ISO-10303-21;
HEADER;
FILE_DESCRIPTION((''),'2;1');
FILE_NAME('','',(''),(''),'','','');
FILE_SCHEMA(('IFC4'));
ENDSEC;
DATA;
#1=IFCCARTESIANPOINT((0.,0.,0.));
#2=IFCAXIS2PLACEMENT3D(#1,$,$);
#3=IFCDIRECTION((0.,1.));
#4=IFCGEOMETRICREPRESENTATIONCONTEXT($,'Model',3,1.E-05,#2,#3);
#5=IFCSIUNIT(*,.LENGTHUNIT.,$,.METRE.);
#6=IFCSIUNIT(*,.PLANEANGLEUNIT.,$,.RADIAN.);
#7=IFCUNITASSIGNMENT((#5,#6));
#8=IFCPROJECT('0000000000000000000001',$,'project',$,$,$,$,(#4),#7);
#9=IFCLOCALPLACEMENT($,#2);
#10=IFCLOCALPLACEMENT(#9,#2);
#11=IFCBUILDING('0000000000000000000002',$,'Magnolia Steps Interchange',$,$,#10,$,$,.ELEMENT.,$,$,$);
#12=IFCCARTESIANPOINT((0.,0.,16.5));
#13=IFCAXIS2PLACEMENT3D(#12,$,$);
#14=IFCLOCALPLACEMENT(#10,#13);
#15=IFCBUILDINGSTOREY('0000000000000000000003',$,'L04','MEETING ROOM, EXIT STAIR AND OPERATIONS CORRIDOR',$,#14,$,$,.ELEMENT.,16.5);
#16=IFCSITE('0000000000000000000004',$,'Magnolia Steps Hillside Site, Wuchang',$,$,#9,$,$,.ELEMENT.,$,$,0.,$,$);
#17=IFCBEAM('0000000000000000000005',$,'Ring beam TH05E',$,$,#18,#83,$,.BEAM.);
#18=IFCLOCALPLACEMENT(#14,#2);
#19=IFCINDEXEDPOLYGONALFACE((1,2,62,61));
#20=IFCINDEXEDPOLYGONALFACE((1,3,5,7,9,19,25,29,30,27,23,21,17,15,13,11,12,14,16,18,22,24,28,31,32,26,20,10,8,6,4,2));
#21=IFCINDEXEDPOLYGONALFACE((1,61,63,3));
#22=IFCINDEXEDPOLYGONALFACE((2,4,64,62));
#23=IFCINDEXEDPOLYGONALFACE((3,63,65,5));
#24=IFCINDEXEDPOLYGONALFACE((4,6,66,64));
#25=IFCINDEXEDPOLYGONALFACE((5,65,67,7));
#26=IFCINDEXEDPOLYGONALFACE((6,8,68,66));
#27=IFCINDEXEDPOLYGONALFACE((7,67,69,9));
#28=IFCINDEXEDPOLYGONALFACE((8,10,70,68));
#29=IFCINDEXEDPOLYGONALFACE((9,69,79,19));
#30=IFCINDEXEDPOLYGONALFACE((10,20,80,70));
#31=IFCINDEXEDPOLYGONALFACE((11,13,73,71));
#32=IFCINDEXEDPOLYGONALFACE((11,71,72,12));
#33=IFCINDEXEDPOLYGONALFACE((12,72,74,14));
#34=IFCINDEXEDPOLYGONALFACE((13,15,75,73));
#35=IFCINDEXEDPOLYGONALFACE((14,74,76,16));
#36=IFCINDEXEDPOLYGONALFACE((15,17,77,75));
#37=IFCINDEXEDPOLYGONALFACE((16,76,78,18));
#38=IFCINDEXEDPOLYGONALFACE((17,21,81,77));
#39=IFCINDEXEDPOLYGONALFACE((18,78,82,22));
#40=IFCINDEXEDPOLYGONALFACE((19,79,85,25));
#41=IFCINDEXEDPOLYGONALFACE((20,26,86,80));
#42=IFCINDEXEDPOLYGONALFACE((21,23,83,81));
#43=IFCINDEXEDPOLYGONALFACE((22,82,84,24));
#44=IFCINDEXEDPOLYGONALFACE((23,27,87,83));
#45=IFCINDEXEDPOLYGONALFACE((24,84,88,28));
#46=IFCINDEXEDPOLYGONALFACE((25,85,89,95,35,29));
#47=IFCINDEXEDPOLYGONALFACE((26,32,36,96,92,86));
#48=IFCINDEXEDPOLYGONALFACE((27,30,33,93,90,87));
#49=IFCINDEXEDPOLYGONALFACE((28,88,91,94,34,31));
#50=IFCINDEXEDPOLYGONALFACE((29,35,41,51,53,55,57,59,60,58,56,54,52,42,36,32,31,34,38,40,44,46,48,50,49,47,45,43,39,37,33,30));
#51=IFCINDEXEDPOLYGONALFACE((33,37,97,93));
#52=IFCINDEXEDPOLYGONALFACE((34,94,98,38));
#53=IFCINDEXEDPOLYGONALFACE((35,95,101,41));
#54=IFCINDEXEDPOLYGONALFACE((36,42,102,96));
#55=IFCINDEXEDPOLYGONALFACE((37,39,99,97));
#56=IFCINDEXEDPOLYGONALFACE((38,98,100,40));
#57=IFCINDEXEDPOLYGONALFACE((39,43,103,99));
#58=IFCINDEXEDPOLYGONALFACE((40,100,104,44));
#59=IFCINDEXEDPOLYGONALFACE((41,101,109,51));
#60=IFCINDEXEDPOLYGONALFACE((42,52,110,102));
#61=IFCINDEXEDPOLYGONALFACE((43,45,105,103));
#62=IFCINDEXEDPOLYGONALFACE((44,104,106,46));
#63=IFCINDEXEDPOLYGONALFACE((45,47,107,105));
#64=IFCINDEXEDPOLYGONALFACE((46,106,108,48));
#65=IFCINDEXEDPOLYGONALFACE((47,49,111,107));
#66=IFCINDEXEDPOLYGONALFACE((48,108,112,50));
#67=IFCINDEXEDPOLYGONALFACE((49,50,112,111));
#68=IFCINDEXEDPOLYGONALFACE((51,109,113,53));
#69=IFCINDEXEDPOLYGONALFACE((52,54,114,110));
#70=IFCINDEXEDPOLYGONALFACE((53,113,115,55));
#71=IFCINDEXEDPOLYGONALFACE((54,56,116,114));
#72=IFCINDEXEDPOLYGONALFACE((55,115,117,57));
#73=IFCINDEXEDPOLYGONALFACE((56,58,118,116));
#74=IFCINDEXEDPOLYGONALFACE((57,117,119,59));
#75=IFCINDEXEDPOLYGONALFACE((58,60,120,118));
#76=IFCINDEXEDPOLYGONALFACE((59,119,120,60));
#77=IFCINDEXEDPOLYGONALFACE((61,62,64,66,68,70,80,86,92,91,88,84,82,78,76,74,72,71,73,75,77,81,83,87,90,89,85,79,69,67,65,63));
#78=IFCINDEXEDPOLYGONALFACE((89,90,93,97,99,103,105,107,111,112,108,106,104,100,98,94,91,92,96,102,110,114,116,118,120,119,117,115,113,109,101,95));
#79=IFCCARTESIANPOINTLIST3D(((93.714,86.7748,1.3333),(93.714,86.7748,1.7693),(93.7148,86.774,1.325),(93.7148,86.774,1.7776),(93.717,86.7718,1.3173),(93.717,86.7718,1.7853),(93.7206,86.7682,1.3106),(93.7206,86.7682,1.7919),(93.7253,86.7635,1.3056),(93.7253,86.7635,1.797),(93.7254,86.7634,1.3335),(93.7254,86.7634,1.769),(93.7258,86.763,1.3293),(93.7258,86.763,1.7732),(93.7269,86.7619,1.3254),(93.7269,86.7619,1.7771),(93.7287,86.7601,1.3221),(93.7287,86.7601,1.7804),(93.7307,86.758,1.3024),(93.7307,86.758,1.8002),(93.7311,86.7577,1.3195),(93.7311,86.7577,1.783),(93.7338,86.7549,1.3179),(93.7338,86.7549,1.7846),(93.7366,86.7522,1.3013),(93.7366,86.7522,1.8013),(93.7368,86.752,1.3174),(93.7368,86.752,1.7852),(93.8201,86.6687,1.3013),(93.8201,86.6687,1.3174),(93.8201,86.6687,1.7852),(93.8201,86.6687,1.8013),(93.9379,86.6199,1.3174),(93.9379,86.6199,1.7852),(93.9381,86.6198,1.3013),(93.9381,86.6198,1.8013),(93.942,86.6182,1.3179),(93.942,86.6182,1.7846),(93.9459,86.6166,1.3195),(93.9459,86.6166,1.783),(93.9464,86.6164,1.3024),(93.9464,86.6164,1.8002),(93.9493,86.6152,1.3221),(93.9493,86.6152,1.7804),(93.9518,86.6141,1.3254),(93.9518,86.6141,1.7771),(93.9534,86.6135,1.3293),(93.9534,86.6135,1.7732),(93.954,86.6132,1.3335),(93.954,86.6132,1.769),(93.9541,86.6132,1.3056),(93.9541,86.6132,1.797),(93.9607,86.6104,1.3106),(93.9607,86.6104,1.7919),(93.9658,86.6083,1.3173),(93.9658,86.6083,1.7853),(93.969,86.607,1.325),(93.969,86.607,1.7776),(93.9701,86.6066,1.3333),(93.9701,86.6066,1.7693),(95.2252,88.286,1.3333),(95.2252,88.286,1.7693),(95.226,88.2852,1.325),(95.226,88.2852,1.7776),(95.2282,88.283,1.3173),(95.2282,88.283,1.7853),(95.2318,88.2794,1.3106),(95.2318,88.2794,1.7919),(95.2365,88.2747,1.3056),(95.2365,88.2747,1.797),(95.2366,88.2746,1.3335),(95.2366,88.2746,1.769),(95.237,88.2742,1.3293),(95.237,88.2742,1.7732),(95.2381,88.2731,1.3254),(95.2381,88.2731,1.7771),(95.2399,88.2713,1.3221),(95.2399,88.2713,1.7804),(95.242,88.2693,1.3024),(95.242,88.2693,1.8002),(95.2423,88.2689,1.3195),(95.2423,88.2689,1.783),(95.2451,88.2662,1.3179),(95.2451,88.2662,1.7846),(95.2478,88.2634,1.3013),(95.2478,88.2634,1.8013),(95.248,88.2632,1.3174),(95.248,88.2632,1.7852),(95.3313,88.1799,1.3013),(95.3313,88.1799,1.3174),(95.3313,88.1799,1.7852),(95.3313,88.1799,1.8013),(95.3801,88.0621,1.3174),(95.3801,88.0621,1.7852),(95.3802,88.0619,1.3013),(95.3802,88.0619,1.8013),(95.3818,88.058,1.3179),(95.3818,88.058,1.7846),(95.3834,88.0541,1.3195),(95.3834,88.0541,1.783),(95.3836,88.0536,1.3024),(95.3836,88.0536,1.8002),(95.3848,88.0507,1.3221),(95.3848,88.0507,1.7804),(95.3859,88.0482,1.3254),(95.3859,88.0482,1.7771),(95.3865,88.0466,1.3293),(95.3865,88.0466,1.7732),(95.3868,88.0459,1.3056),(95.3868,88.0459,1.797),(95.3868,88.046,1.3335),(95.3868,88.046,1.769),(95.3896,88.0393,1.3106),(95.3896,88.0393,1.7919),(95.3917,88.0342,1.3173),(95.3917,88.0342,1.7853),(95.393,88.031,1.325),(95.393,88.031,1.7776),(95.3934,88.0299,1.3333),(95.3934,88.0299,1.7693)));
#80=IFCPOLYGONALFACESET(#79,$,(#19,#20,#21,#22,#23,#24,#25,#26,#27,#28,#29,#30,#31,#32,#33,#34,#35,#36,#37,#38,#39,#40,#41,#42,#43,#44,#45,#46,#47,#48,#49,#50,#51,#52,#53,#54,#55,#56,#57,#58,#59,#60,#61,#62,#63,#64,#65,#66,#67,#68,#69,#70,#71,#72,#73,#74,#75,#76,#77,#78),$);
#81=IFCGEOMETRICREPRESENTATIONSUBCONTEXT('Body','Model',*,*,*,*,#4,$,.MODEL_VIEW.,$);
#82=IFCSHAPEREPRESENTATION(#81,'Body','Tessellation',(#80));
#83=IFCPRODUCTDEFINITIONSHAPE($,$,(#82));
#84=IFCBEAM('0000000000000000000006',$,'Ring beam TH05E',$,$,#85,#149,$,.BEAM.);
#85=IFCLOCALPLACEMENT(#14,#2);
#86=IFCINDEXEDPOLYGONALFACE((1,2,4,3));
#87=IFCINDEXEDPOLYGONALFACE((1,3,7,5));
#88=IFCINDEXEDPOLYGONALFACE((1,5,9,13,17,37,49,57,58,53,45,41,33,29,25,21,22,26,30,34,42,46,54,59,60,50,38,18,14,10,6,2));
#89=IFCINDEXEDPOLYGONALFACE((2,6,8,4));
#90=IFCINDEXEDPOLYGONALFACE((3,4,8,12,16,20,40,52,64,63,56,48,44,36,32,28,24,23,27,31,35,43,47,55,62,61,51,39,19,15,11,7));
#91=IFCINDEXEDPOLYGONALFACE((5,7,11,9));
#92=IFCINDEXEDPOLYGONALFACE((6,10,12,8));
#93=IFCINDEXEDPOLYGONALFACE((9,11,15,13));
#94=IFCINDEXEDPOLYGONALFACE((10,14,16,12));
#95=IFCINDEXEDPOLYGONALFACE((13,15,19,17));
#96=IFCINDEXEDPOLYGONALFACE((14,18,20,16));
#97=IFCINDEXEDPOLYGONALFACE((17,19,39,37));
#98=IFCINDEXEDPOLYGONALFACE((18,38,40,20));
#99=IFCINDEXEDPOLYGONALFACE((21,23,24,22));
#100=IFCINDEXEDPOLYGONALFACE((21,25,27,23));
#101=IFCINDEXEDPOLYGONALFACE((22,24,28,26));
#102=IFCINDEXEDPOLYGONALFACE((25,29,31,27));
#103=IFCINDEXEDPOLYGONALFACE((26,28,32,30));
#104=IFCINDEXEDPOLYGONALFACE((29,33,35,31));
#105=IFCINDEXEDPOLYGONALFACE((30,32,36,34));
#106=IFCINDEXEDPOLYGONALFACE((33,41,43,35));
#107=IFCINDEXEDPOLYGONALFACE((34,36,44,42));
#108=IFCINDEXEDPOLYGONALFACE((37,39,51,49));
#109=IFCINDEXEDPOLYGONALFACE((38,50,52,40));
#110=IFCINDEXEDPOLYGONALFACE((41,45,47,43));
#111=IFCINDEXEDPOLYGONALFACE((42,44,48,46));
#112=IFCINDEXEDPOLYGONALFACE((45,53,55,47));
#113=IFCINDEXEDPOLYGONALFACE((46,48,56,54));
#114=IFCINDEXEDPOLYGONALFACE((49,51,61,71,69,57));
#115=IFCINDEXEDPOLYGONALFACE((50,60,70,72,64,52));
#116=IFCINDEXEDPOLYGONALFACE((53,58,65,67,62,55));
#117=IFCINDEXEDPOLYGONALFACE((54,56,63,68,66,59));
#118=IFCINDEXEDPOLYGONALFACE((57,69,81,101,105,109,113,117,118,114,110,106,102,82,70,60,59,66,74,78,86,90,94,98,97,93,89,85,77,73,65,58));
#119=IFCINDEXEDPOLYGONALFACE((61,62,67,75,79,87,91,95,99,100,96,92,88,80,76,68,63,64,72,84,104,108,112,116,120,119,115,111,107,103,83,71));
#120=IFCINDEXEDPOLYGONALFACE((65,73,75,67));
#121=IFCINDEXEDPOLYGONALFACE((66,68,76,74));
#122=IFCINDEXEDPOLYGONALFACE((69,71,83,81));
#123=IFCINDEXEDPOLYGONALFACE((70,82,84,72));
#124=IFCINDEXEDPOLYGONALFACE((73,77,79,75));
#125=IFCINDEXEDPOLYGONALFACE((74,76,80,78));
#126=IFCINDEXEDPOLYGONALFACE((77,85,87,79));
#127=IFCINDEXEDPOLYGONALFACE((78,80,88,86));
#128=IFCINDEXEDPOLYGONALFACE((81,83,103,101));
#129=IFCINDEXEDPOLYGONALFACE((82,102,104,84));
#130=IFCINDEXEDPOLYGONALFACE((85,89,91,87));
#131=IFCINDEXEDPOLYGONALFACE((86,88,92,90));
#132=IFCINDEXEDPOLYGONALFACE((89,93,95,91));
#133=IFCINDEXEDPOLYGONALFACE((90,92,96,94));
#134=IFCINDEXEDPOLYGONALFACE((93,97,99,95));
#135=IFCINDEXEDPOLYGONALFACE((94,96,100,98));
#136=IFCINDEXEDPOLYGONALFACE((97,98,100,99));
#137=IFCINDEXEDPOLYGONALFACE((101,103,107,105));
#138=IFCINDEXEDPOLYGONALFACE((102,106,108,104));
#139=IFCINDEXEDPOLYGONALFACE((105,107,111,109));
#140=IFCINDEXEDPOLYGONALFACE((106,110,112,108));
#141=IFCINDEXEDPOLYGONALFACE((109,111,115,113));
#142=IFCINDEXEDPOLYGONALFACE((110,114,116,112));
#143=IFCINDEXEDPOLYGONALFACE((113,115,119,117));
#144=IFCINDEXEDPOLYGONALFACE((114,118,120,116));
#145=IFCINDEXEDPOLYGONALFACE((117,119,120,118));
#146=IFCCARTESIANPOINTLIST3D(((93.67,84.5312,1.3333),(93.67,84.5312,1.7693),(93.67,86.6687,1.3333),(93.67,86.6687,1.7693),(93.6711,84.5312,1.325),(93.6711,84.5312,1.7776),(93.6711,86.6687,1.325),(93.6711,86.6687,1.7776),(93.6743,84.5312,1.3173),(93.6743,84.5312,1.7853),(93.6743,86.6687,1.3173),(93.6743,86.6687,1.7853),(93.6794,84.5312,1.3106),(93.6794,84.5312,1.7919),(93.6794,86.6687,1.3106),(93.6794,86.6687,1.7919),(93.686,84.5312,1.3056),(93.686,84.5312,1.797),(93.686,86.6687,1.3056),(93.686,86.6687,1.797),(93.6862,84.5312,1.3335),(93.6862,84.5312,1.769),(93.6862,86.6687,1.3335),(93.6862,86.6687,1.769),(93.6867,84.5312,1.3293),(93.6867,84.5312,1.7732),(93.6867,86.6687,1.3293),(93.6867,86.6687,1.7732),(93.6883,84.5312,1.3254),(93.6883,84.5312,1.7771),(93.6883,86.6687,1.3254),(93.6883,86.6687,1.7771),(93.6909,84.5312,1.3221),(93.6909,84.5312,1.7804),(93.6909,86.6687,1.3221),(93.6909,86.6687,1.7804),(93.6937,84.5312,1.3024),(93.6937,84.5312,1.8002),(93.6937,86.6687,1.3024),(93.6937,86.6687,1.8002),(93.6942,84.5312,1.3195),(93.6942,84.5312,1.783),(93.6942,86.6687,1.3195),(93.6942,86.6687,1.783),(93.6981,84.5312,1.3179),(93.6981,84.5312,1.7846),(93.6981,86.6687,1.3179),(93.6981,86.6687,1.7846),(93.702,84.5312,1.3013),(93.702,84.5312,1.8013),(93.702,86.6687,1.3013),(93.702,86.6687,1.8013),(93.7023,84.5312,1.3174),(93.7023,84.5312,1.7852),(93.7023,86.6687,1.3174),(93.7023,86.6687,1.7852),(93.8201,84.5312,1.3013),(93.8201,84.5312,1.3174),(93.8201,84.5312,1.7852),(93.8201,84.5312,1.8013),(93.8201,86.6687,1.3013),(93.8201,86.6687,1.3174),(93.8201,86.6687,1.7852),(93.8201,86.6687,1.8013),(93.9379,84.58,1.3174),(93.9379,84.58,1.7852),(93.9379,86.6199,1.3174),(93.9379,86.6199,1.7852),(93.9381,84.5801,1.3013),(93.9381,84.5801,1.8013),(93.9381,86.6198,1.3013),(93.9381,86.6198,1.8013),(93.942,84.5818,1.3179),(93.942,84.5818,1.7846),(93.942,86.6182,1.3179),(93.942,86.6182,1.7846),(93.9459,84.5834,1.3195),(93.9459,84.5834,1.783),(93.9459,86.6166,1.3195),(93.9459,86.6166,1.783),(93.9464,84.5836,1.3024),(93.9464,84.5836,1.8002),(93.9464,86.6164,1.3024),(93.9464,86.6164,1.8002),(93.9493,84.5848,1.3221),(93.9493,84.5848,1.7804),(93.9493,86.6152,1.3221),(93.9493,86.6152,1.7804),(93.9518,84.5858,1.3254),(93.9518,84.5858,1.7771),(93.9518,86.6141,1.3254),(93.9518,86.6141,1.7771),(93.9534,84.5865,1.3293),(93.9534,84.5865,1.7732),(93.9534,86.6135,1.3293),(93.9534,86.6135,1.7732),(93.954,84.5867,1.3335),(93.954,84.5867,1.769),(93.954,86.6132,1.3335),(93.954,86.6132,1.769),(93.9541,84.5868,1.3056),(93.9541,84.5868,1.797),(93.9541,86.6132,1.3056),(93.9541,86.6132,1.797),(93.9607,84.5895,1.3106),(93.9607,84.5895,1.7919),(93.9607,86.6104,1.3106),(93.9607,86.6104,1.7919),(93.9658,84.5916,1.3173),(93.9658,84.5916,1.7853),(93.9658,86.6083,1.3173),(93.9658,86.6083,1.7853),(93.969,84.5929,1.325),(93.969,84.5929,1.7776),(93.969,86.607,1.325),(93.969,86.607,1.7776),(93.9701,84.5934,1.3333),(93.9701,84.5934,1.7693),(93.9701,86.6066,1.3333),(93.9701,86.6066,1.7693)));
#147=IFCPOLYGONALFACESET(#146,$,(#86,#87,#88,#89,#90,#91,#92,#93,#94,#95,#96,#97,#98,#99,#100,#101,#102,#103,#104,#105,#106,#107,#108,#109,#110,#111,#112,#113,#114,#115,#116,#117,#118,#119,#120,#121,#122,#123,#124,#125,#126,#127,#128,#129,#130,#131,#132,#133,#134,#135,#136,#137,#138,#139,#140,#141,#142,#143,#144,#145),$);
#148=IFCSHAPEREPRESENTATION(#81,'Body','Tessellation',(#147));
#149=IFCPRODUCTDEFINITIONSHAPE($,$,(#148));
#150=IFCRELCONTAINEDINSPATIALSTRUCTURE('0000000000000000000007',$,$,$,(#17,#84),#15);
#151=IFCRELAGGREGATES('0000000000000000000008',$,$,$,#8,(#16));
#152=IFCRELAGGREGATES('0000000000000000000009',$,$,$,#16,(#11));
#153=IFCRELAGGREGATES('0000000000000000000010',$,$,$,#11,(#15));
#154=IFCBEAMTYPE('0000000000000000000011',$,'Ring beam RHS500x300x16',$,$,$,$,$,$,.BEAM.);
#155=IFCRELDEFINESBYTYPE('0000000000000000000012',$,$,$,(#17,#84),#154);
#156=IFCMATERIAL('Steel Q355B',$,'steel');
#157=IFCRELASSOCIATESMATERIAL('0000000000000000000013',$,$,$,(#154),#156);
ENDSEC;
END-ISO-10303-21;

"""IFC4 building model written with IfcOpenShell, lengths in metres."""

from ifc_helpers import new_model, si_unit, direction, frame, origin, origin_2d, place, context, subcontext, project, spatial, hollow_rectangle, extrude, clip, halfspace, material, material_profile, profile_set, type_object, element, save


model = new_model("IFC4")

# Units and contexts
model_context = context("Model", 3, precision=1e-05, world=origin(), true_north=direction((0.0, 1.0)))
body_context = subcontext(model_context, "Body", "Model", "MODEL_VIEW")
ifc_project = project(units=[si_unit("LENGTHUNIT", "METRE"), si_unit("PLANEANGLEUNIT", "RADIAN")], contexts=[model_context])

# Site, building, storey
site_placement = place(None, origin())
site = spatial("IfcSite", under=ifc_project, at=site_placement, Name="Magnolia Steps Hillside Site, Wuchang", CompositionType="ELEMENT", RefElevation=0.0)
building_placement = place(site_placement, origin())
building = spatial("IfcBuilding", under=site, at=building_placement, Name="Magnolia Steps Interchange", CompositionType="ELEMENT")
storey_placement = place(building_placement, frame((0.0, 0.0, 16.5)))
storey = spatial("IfcBuildingStorey", under=building, at=storey_placement, Name="L04", Description="MEETING ROOM, EXIT STAIR AND OPERATIONS CORRIDOR", CompositionType="ELEMENT", Elevation=16.5)

# Beams
ifc_material_1 = material(Name="Steel Q355B", Category="steel")
ifc_material_profile_1 = material_profile(ifc_material_1, hollow_rectangle(XDim=0.3, YDim=0.5, WallThickness=0.0161, InnerFilletRadius=0.0161, OuterFilletRadius=0.032, at=origin_2d()), Name="RHS500x300x16")
ifc_profile_set_1 = profile_set([ifc_material_profile_1], Name="Steel Q355B")
beam_type_1 = type_object("IfcBeamType", Name="Ring beam RHS500x300x16", PredefinedType="BEAM", material=ifc_profile_set_1)
beam_1_placement = place(storey_placement, frame((95.3313, 88.1799, 1.5513), z_axis=(-0.707107, -0.707107, 0.0), x_axis=(0.707107, -0.707107, 0.0)))
element("IfcBeam", 1, at=beam_1_placement, inside=storey, type_object=beam_type_1, Name="Ring beam TH05E", PredefinedType="BEAM", context=body_context, shape_type="Clipping", body=[
    clip(clip(extrude(hollow_rectangle(XDim=0.3, YDim=0.5, WallThickness=0.0161, InnerFilletRadius=0.0161, OuterFilletRadius=0.032, at=origin_2d()), origin(), (0.0, 0.0, 1.0), 2.1372), halfspace(frame((0.0, 0.0, 0.0), z_axis=(0.382683, 0.0, -0.92388), x_axis=(0.92388, 0.0, 0.382683)), False)), halfspace(frame((0.0, 0.0, 2.1372), z_axis=(0.382683, 0.0, 0.92388), x_axis=(0.92388, 0.0, -0.382683)), False)),
])
beam_2_placement = place(storey_placement, frame((93.8201, 86.6687, 1.5513), z_axis=(0.0, -1.0, 0.0), x_axis=(1.0, 0.0, 0.0)))
element("IfcBeam", 2, at=beam_2_placement, inside=storey, type_object=beam_type_1, Name="Ring beam TH05E", PredefinedType="BEAM", context=body_context, shape_type="Clipping", body=[
    clip(clip(extrude(hollow_rectangle(XDim=0.3, YDim=0.5, WallThickness=0.0161, InnerFilletRadius=0.0161, OuterFilletRadius=0.032, at=origin_2d()), origin(), (0.0, 0.0, 1.0), 2.1375), halfspace(frame((0.0, 0.0, 0.0), z_axis=(0.382683, 0.0, -0.92388), x_axis=(0.92388, 0.0, 0.382683)), False)), halfspace(frame((0.0, 0.0, 2.1375), z_axis=(0.382683, 0.0, 0.92388), x_axis=(0.92388, 0.0, -0.382683)), False)),
])

save(model, "model.ifc")
